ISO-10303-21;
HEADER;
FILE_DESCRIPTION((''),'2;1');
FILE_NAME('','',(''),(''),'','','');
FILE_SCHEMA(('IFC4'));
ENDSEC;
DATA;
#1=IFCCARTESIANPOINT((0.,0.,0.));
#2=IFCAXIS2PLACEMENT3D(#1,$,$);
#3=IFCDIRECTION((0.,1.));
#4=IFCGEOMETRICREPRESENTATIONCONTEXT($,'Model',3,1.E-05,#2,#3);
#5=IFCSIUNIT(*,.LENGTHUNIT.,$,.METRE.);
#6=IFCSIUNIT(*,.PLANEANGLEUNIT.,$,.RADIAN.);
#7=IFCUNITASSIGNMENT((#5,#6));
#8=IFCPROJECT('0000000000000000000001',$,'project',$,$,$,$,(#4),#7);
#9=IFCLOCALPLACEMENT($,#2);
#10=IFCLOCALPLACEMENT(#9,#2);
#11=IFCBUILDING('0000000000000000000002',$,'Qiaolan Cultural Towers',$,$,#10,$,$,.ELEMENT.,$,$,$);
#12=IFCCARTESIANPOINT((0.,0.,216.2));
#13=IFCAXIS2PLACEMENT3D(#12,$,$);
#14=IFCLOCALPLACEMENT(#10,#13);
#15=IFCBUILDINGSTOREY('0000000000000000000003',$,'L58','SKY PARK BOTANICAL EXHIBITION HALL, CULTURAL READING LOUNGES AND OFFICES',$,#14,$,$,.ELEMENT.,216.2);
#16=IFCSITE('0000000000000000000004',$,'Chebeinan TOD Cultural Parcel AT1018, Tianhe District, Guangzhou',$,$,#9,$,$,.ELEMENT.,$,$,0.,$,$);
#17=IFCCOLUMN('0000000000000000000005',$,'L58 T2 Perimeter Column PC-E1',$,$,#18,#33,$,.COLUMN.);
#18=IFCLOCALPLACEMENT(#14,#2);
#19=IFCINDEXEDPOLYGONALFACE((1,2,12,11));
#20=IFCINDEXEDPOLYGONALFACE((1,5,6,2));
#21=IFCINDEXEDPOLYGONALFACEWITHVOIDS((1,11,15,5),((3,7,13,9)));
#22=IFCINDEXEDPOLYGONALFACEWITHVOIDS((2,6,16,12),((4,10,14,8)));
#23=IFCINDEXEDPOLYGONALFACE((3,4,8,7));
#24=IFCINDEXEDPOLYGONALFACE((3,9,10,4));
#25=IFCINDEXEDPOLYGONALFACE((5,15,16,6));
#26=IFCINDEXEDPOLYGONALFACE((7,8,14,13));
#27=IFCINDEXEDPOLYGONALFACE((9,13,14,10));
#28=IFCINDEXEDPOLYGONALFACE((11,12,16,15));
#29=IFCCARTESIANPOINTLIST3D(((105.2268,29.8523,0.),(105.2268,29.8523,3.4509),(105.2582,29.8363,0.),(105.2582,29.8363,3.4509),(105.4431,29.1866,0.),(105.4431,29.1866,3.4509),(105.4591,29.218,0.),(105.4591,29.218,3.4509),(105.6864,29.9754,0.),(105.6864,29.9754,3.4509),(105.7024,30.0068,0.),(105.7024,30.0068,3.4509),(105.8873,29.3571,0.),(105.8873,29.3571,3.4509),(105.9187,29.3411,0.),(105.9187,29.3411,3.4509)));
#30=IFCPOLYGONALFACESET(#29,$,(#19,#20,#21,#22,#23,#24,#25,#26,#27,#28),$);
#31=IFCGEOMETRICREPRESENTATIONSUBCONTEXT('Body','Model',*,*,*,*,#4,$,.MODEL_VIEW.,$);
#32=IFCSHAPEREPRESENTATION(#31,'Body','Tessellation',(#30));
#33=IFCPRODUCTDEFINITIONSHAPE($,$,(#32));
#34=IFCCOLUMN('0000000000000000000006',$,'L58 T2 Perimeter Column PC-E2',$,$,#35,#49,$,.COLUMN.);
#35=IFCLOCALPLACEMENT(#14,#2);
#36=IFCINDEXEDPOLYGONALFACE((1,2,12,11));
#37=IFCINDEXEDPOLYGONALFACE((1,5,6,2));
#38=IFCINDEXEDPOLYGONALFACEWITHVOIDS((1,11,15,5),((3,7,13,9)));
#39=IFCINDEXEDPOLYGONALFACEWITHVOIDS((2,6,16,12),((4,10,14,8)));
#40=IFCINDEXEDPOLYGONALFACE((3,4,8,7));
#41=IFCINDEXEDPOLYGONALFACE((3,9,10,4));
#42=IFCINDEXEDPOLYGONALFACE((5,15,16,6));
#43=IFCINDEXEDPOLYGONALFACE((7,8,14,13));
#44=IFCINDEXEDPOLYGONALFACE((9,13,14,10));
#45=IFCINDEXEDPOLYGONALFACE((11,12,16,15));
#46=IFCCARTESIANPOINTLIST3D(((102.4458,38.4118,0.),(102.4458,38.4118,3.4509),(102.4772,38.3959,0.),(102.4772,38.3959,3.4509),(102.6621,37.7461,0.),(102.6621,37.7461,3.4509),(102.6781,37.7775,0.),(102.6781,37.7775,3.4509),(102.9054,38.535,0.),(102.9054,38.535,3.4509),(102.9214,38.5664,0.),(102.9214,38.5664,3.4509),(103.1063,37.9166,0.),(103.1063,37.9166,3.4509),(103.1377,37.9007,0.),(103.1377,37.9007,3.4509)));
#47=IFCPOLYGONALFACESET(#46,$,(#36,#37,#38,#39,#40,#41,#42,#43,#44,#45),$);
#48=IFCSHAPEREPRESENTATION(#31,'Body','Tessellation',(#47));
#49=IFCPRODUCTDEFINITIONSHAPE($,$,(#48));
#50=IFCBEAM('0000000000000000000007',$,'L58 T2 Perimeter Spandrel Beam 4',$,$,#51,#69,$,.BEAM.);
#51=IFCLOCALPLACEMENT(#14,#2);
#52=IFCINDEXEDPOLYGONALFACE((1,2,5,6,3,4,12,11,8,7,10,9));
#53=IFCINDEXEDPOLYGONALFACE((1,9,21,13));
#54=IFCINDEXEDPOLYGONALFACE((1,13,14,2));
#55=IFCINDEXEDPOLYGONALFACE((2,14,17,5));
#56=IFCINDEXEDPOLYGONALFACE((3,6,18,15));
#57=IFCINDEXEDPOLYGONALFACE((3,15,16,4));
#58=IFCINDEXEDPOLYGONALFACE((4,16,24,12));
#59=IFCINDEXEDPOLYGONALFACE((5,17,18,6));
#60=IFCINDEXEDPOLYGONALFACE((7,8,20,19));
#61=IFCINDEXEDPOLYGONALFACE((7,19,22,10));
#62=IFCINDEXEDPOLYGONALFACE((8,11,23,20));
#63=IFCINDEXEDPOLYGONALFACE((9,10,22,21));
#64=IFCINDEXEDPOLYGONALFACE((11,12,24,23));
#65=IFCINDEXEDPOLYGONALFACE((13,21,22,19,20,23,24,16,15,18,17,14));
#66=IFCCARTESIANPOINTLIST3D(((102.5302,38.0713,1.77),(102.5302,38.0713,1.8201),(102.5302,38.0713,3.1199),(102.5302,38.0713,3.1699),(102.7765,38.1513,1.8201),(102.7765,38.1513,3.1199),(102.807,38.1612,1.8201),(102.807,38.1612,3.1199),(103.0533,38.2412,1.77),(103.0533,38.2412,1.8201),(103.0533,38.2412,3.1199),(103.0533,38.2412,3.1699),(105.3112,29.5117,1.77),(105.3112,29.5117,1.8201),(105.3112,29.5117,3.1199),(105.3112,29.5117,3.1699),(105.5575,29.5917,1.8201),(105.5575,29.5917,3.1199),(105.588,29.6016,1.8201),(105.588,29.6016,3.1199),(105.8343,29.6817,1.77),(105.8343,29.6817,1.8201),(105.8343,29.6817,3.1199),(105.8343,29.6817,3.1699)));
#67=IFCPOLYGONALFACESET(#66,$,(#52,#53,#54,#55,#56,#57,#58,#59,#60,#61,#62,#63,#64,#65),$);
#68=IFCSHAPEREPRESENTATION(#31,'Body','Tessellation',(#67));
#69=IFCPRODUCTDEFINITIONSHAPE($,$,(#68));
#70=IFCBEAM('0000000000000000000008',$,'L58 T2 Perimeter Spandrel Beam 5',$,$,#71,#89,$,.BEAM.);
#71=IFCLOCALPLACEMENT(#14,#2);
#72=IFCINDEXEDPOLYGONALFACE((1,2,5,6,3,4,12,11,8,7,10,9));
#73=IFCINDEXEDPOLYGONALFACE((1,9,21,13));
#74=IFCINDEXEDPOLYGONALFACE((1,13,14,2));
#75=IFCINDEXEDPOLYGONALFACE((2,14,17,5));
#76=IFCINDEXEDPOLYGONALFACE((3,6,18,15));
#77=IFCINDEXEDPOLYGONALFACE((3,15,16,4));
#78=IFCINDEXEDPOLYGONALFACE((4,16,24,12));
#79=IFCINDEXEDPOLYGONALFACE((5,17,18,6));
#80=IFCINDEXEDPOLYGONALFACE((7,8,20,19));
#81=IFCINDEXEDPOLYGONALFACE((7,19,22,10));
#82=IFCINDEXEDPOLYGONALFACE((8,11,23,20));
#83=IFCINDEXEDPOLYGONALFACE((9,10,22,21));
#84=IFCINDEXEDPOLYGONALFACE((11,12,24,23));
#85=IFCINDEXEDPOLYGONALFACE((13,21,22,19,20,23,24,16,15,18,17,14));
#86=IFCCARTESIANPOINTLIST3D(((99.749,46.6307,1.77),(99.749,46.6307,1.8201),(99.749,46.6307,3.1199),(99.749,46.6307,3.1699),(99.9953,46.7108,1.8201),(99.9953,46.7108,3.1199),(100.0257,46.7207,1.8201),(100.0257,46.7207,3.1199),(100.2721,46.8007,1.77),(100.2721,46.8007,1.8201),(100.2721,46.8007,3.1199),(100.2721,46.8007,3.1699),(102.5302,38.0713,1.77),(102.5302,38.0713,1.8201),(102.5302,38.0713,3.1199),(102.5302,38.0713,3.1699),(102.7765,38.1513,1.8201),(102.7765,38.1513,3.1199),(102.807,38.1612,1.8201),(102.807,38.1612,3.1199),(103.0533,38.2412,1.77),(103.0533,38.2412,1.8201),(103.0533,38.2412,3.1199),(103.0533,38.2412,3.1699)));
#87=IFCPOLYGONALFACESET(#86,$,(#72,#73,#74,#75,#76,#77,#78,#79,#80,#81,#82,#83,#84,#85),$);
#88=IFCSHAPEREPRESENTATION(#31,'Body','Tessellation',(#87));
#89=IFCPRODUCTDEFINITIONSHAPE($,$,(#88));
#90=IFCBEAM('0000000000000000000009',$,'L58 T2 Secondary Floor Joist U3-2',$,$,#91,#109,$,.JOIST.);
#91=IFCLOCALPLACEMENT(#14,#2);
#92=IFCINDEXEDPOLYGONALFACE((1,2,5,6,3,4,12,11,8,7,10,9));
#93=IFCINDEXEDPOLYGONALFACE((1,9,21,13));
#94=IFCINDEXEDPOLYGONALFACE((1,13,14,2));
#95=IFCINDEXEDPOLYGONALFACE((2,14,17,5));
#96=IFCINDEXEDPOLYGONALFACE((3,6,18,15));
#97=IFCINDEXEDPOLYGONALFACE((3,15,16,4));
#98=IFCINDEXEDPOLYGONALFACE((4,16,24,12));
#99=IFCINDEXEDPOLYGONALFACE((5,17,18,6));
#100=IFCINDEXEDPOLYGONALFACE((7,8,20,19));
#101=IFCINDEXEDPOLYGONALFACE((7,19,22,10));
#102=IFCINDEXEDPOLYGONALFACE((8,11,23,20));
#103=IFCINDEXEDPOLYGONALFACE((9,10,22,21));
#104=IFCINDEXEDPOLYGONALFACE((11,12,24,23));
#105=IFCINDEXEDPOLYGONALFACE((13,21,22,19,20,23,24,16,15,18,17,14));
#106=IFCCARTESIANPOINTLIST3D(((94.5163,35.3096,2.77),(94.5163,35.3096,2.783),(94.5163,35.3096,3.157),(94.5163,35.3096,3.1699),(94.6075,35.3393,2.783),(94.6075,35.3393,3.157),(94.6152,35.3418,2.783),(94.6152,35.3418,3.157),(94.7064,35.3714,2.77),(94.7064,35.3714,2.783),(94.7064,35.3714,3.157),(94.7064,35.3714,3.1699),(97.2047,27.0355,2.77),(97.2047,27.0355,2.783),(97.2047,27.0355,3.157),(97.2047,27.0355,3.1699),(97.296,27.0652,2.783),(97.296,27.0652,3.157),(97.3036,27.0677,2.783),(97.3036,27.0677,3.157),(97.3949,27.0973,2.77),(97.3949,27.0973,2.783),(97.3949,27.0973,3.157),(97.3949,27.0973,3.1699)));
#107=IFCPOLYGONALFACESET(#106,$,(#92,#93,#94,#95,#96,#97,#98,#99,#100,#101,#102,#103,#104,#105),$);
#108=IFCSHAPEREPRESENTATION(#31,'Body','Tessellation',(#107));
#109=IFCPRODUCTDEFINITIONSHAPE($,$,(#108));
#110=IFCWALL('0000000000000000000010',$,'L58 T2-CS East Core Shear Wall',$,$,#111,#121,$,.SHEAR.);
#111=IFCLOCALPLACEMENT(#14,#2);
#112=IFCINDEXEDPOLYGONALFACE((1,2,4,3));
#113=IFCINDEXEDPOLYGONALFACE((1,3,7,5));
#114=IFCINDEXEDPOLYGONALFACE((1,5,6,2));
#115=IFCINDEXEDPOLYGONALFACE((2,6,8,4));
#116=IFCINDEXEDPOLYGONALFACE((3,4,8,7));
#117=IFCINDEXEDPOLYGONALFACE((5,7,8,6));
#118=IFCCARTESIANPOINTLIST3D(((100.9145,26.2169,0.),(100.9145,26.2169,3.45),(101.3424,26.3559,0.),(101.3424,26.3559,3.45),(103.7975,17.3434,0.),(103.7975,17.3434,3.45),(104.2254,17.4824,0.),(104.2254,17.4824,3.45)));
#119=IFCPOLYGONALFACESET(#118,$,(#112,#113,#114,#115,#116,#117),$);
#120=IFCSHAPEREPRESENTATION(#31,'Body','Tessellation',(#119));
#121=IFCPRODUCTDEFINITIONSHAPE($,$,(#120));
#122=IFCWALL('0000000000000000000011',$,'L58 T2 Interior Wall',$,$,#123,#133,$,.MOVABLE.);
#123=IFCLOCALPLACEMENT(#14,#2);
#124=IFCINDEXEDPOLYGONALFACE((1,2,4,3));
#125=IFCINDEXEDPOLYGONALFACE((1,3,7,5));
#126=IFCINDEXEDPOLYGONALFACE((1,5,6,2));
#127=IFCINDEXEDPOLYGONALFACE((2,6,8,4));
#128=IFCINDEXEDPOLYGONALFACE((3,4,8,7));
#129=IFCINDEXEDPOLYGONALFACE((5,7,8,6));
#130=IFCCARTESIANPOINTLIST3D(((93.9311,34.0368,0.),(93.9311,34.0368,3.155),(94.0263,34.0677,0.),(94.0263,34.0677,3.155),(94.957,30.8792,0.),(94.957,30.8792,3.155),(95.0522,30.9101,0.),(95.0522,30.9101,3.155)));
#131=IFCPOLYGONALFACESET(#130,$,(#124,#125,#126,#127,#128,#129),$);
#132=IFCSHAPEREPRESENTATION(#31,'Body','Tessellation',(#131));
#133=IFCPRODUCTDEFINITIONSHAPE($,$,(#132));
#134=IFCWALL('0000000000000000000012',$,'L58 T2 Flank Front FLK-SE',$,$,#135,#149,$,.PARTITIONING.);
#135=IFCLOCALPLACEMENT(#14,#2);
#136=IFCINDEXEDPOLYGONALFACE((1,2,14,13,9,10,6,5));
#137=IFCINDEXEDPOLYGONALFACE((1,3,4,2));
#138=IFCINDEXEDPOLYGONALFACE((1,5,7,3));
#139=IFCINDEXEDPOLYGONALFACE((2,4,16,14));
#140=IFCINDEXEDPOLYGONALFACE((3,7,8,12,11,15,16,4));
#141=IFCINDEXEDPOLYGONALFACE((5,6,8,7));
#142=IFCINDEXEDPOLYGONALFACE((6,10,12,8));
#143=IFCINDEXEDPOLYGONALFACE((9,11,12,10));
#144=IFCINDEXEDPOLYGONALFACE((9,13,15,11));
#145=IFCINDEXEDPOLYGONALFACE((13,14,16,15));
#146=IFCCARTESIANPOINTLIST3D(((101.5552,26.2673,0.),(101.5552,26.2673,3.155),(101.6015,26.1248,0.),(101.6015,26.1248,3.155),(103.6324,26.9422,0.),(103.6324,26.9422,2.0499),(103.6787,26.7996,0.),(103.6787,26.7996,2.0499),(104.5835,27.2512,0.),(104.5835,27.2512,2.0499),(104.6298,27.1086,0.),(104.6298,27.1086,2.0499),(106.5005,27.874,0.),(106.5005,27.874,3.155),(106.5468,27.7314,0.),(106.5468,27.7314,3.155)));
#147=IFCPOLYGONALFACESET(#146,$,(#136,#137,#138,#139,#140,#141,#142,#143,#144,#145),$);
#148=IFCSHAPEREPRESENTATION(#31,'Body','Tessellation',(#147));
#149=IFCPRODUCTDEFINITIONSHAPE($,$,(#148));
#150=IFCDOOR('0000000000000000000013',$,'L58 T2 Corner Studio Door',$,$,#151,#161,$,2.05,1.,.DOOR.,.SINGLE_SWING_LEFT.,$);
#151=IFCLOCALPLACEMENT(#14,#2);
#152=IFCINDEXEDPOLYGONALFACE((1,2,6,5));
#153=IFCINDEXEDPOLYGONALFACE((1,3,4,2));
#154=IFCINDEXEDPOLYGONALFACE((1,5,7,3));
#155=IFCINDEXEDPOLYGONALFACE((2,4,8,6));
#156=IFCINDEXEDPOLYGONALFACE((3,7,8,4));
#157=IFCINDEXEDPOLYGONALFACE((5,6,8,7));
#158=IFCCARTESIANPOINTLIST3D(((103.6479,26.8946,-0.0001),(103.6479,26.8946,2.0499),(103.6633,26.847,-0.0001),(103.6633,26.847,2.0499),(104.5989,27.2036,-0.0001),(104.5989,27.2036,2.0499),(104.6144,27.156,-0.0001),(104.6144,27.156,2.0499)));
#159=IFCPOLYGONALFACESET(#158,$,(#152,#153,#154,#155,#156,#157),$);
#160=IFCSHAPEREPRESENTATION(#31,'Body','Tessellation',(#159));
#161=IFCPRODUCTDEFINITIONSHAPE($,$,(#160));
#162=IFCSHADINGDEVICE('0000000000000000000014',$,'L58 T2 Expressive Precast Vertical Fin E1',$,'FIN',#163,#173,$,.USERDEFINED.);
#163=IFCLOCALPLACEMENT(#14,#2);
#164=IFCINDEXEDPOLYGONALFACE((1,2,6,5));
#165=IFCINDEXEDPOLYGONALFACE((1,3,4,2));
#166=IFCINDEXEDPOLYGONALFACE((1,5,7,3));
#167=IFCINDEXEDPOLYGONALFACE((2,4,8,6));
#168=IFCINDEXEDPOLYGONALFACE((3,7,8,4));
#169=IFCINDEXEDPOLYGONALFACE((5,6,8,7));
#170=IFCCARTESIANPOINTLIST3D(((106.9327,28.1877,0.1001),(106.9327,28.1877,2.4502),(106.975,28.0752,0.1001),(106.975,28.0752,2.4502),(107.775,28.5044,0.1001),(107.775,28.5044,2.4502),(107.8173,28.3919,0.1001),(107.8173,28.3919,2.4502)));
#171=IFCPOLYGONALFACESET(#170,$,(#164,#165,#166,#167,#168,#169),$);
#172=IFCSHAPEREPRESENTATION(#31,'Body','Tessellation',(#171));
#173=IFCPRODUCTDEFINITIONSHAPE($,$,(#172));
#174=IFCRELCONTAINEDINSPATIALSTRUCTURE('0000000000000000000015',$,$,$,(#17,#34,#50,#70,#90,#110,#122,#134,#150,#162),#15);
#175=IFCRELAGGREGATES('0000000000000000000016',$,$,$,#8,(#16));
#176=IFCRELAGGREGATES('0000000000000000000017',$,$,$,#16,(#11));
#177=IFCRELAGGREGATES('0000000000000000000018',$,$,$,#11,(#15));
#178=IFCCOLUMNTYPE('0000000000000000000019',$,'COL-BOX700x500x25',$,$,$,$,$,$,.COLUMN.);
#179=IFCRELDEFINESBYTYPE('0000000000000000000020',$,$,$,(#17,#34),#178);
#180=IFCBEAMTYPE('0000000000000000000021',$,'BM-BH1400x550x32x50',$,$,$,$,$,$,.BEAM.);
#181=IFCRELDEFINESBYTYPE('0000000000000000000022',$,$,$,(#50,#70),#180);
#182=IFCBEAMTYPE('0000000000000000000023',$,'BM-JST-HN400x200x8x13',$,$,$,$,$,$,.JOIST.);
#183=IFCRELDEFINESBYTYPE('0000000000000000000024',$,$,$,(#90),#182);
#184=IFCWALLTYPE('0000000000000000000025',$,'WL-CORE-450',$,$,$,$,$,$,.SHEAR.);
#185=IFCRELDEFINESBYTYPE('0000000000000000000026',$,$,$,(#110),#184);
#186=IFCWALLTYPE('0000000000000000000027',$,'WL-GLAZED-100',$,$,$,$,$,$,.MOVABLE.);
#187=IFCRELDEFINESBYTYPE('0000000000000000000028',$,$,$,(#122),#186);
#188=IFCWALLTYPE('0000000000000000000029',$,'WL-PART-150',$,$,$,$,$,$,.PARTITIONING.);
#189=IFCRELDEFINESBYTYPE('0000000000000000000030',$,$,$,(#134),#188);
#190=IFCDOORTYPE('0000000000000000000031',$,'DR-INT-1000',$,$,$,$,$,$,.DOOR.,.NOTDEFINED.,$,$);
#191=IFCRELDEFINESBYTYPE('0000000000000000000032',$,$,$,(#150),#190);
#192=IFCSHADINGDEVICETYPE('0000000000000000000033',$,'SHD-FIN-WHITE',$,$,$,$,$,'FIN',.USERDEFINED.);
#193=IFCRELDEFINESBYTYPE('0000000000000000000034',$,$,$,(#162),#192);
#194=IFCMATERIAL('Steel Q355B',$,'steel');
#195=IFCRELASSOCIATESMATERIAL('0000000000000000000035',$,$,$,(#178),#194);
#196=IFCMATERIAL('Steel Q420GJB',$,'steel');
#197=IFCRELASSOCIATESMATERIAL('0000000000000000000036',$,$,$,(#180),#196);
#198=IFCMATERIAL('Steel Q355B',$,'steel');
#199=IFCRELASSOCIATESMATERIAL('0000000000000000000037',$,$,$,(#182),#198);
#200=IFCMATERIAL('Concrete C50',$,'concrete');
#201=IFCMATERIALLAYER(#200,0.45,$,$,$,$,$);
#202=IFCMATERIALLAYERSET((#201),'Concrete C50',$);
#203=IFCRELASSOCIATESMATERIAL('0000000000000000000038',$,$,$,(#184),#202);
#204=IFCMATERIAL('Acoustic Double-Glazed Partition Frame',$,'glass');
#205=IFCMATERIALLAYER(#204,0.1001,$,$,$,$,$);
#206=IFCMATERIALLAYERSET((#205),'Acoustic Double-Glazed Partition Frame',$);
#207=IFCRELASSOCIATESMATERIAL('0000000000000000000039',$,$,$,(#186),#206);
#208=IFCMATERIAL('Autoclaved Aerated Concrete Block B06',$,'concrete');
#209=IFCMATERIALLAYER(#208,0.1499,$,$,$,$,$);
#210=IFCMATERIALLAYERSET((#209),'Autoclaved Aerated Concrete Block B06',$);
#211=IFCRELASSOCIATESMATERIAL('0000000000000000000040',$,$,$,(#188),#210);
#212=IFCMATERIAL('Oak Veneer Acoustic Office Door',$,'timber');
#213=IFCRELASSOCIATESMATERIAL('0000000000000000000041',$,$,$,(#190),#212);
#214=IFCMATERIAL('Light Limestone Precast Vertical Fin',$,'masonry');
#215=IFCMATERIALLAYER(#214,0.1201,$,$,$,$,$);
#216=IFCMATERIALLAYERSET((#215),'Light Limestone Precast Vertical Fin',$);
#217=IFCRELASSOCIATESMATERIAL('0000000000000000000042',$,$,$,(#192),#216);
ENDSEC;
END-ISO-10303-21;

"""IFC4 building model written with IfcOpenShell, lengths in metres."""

from ifc_helpers import new_model, si_unit, direction, frame, frame_2d, origin, origin_2d, place, context, subcontext, project, spatial, rectangle, hollow_rectangle, i_section, extrude, material, layer, layer_set, material_profile, profile_set, type_object, element, fill, save


model = new_model("IFC4")

# Units and contexts
model_context = context("Model", 3, precision=1e-05, world=origin(), true_north=direction((0.0, 1.0)))
body_context = subcontext(model_context, "Body", "Model", "MODEL_VIEW")
ifc_project = project(units=[si_unit("LENGTHUNIT", "METRE"), si_unit("PLANEANGLEUNIT", "RADIAN")], contexts=[model_context])

# Site, building, storey
site_placement = place(None, origin())
site = spatial("IfcSite", under=ifc_project, at=site_placement, Name="Chebeinan TOD Cultural Parcel AT1018, Tianhe District, Guangzhou", CompositionType="ELEMENT", RefElevation=0.0)
building_placement = place(site_placement, origin())
building = spatial("IfcBuilding", under=site, at=building_placement, Name="Qiaolan Cultural Towers", CompositionType="ELEMENT")
storey_placement = place(building_placement, frame((0.0, 0.0, 216.2)))
storey = spatial("IfcBuildingStorey", under=building, at=storey_placement, Name="L58", Description="SKY PARK BOTANICAL EXHIBITION HALL, CULTURAL READING LOUNGES AND OFFICES", CompositionType="ELEMENT", Elevation=216.2)

# Columns
ifc_material_1 = material(Name="Steel Q355B", Category="steel")
ifc_material_profile_1 = material_profile(ifc_material_1, hollow_rectangle(XDim=0.5, YDim=0.7, WallThickness=0.0249, at=origin_2d()), Name="BOX700x500x25")
ifc_profile_set_1 = profile_set([ifc_material_profile_1], Name="Steel Q355B")
column_type = type_object("IfcColumnType", Name="COL-BOX700x500x25", PredefinedType="COLUMN", material=ifc_profile_set_1)
for number, where, z_axis, x_axis, name in (
    (1, (105.5728, 29.5967, 0.0), (0.0, 0.0, 1.0), (0.951057, 0.309017, 0.0), "L58 T2 Perimeter Column PC-E1"),
    (2, (102.7917, 38.1562, 0.0), (0.0, 0.0, 1.0), (0.951057, 0.309017, 0.0), "L58 T2 Perimeter Column PC-E2"),
):
    element("IfcColumn", number, at=place(storey_placement, frame(where, z_axis=z_axis, x_axis=x_axis)), inside=storey, type_object=column_type, Name=name, PredefinedType="COLUMN", context=body_context, shape_type="SweptSolid", body=[
        extrude(hollow_rectangle(XDim=0.5, YDim=0.7, WallThickness=0.0249, at=origin_2d()), origin(), (0.0, 0.0, 1.0), 3.4509),
    ])

# Beams
ifc_material_2 = material(Name="Steel Q420GJB", Category="steel")
ifc_material_profile_2 = material_profile(ifc_material_2, i_section(OverallWidth=0.55, OverallDepth=1.3999, WebThickness=0.032, FlangeThickness=0.05, at=origin_2d()), Name="BH1400x550x32x50")
ifc_profile_set_2 = profile_set([ifc_material_profile_2], Name="Steel Q420GJB")
beam_type_1 = type_object("IfcBeamType", Name="BM-BH1400x550x32x50", PredefinedType="BEAM", material=ifc_profile_set_2)
for number, where, z_axis, x_axis, name in (
    (3, (105.5728, 29.5967, 2.47), (-0.309, 0.951062, 0.0), (-0.951062, -0.309, 0.0), "L58 T2 Perimeter Spandrel Beam 4"),
    (4, (102.7917, 38.1562, 2.47), (-0.309025, 0.951054, 0.0), (-0.951054, -0.309025, 0.0), "L58 T2 Perimeter Spandrel Beam 5"),
):
    element("IfcBeam", number, at=place(storey_placement, frame(where, z_axis=z_axis, x_axis=x_axis)), inside=storey, type_object=beam_type_1, Name=name, PredefinedType="BEAM", context=body_context, shape_type="SweptSolid", body=[
        extrude(i_section(OverallWidth=0.55, OverallDepth=1.3999, WebThickness=0.032, FlangeThickness=0.05, at=origin_2d()), origin(), (0.0, 0.0, 1.0), 9.0),
    ])
ifc_material_3 = material(Name="Steel Q355B", Category="steel")
ifc_material_profile_3 = material_profile(ifc_material_3, i_section(OverallWidth=0.2, OverallDepth=0.3999, WebThickness=0.0081, FlangeThickness=0.0129, at=origin_2d()), Name="HN400x200x8x13")
ifc_profile_set_3 = profile_set([ifc_material_profile_3], Name="Steel Q355B")
beam_type_2 = type_object("IfcBeamType", Name="BM-JST-HN400x200x8x13", PredefinedType="JOIST", material=ifc_profile_set_3)
beam_placement = place(storey_placement, frame((97.2998, 27.0664, 2.97), z_axis=(-0.309021, 0.951055, 0.0), x_axis=(-0.951055, -0.309021, 0.0)))
element("IfcBeam", 5, at=beam_placement, inside=storey, type_object=beam_type_2, Name="L58 T2 Secondary Floor Joist U3-2", PredefinedType="JOIST", context=body_context, shape_type="SweptSolid", body=[
    extrude(i_section(OverallWidth=0.2, OverallDepth=0.3999, WebThickness=0.0081, FlangeThickness=0.0129, at=origin_2d()), origin(), (0.0, 0.0, 1.0), 8.7),
])

# Walls
ifc_material_4 = material(Name="Concrete C50", Category="concrete")
ifc_layer_1 = layer(ifc_material_4, 0.45)
ifc_layer_set_1 = layer_set([ifc_layer_1], Name="Concrete C50")
wall_type_1 = type_object("IfcWallType", Name="WL-CORE-450", PredefinedType="SHEAR", material=ifc_layer_set_1)
wall_1_placement = place(storey_placement, frame((101.1284, 26.2864, 0.0), z_axis=(0.0, 0.0, 1.0), x_axis=(0.309004, -0.951061, 0.0)))
element("IfcWall", 6, at=wall_1_placement, inside=storey, type_object=wall_type_1, Name="L58 T2-CS East Core Shear Wall", PredefinedType="SHEAR", context=body_context, shape_type="SweptSolid", body=[
    extrude(rectangle(XDim=9.3301, YDim=0.45, at=frame_2d((4.665, 0.0))), origin(), (0.0, 0.0, 1.0), 3.45),
])
ifc_material_5 = material(Name="Acoustic Double-Glazed Partition Frame", Category="glass")
ifc_layer_2 = layer(ifc_material_5, 0.1001)
ifc_layer_set_2 = layer_set([ifc_layer_2], Name="Acoustic Double-Glazed Partition Frame")
wall_type_2 = type_object("IfcWallType", Name="WL-GLAZED-100", PredefinedType="MOVABLE", material=ifc_layer_set_2)
wall_2_placement = place(storey_placement, frame((95.0046, 30.8945, 0.0), z_axis=(0.0, 0.0, 1.0), x_axis=(-0.309005, 0.951061, 0.0)))
element("IfcWall", 7, at=wall_2_placement, inside=storey, type_object=wall_type_2, Name="L58 T2 Interior Wall", PredefinedType="MOVABLE", context=body_context, shape_type="SweptSolid", body=[
    extrude(rectangle(XDim=3.3201, YDim=0.1001, at=frame_2d((1.6602, 0.0))), origin(), (0.0, 0.0, 1.0), 3.155),
])

# Wall, opening, door
ifc_material_6 = material(Name="Autoclaved Aerated Concrete Block B06", Category="concrete")
ifc_layer_3 = layer(ifc_material_6, 0.1499)
ifc_layer_set_3 = layer_set([ifc_layer_3], Name="Autoclaved Aerated Concrete Block B06")
wall_type_3 = type_object("IfcWallType", Name="WL-PART-150", PredefinedType="PARTITIONING", material=ifc_layer_set_3)
wall_3_placement = place(storey_placement, frame((101.5784, 26.196, 0.0), z_axis=(0.0, 0.0, 1.0), x_axis=(0.951064, 0.308993, 0.0)))
wall_3 = element("IfcWall", 8, at=wall_3_placement, inside=storey, type_object=wall_type_3, Name="L58 T2 Flank Front FLK-SE", PredefinedType="PARTITIONING", context=body_context, shape_type="SweptSolid", body=[
    extrude(rectangle(XDim=5.1997, YDim=0.1499, at=frame_2d((2.5999, 0.0))), origin(), (0.0, 0.0, 1.0), 3.155),
])
opening_placement = place(wall_3_placement, frame((2.1841, 0.0, 0.0)))
opening = element("IfcOpeningElement", 9, at=opening_placement, cuts=wall_3, PredefinedType="OPENING", context=body_context, shape_type="SweptSolid", body=[
    extrude(rectangle(XDim=1.0, YDim=2.05, at=frame_2d((0.5, 1.0249))), frame((0.0, 0.085, 0.0), z_axis=(0.0, -1.0, 0.0), x_axis=(1.0, 0.0, 0.0)), (0.0, 0.0, 1.0), 0.1699),
])
ifc_material_7 = material(Name="Oak Veneer Acoustic Office Door", Category="timber")
door_type = type_object("IfcDoorType", Name="DR-INT-1000", OperationType="NOTDEFINED", PredefinedType="DOOR", material=ifc_material_7)
door_placement = place(opening_placement, origin())
door = element("IfcDoor", 10, at=door_placement, inside=storey, type_object=door_type, Name="L58 T2 Corner Studio Door", OperationType="SINGLE_SWING_LEFT", OverallHeight=2.05, OverallWidth=1.0, PredefinedType="DOOR", context=body_context, shape_type="SweptSolid", body=[
    extrude(rectangle(XDim=1.0, YDim=2.05, at=frame_2d((0.5, 1.0249))), frame((0.0, 0.0249, 0.0), z_axis=(0.0, -1.0, 0.0), x_axis=(1.0, 0.0, 0.0)), (0.0, 0.0, 1.0), 0.05),
])
fill(opening, door)

# Shading device
ifc_material_8 = material(Name="Light Limestone Precast Vertical Fin", Category="masonry")
ifc_layer_4 = layer(ifc_material_8, 0.1201)
ifc_layer_set_4 = layer_set([ifc_layer_4], Name="Light Limestone Precast Vertical Fin")
shading_device_type = type_object("IfcShadingDeviceType", Name="SHD-FIN-WHITE", ElementType="FIN", PredefinedType="USERDEFINED", material=ifc_layer_set_4)
for number, where, z_axis, x_axis, name in (
    (11, (107.375, 28.2898, 0.1001), (0.0, 0.0, 1.0), (0.936031, 0.351919, 0.0), "L58 T2 Expressive Precast Vertical Fin E1"),
):
    element("IfcShadingDevice", number, at=place(storey_placement, frame(where, z_axis=z_axis, x_axis=x_axis)), inside=storey, type_object=shading_device_type, Name=name, ObjectType="FIN", PredefinedType="USERDEFINED", context=body_context, shape_type="SweptSolid", body=[
        extrude(rectangle(XDim=0.8999, YDim=0.1201, at=origin_2d()), origin(), (0.0, 0.0, 1.0), 2.3501),
    ])

save(model, "model.ifc")
